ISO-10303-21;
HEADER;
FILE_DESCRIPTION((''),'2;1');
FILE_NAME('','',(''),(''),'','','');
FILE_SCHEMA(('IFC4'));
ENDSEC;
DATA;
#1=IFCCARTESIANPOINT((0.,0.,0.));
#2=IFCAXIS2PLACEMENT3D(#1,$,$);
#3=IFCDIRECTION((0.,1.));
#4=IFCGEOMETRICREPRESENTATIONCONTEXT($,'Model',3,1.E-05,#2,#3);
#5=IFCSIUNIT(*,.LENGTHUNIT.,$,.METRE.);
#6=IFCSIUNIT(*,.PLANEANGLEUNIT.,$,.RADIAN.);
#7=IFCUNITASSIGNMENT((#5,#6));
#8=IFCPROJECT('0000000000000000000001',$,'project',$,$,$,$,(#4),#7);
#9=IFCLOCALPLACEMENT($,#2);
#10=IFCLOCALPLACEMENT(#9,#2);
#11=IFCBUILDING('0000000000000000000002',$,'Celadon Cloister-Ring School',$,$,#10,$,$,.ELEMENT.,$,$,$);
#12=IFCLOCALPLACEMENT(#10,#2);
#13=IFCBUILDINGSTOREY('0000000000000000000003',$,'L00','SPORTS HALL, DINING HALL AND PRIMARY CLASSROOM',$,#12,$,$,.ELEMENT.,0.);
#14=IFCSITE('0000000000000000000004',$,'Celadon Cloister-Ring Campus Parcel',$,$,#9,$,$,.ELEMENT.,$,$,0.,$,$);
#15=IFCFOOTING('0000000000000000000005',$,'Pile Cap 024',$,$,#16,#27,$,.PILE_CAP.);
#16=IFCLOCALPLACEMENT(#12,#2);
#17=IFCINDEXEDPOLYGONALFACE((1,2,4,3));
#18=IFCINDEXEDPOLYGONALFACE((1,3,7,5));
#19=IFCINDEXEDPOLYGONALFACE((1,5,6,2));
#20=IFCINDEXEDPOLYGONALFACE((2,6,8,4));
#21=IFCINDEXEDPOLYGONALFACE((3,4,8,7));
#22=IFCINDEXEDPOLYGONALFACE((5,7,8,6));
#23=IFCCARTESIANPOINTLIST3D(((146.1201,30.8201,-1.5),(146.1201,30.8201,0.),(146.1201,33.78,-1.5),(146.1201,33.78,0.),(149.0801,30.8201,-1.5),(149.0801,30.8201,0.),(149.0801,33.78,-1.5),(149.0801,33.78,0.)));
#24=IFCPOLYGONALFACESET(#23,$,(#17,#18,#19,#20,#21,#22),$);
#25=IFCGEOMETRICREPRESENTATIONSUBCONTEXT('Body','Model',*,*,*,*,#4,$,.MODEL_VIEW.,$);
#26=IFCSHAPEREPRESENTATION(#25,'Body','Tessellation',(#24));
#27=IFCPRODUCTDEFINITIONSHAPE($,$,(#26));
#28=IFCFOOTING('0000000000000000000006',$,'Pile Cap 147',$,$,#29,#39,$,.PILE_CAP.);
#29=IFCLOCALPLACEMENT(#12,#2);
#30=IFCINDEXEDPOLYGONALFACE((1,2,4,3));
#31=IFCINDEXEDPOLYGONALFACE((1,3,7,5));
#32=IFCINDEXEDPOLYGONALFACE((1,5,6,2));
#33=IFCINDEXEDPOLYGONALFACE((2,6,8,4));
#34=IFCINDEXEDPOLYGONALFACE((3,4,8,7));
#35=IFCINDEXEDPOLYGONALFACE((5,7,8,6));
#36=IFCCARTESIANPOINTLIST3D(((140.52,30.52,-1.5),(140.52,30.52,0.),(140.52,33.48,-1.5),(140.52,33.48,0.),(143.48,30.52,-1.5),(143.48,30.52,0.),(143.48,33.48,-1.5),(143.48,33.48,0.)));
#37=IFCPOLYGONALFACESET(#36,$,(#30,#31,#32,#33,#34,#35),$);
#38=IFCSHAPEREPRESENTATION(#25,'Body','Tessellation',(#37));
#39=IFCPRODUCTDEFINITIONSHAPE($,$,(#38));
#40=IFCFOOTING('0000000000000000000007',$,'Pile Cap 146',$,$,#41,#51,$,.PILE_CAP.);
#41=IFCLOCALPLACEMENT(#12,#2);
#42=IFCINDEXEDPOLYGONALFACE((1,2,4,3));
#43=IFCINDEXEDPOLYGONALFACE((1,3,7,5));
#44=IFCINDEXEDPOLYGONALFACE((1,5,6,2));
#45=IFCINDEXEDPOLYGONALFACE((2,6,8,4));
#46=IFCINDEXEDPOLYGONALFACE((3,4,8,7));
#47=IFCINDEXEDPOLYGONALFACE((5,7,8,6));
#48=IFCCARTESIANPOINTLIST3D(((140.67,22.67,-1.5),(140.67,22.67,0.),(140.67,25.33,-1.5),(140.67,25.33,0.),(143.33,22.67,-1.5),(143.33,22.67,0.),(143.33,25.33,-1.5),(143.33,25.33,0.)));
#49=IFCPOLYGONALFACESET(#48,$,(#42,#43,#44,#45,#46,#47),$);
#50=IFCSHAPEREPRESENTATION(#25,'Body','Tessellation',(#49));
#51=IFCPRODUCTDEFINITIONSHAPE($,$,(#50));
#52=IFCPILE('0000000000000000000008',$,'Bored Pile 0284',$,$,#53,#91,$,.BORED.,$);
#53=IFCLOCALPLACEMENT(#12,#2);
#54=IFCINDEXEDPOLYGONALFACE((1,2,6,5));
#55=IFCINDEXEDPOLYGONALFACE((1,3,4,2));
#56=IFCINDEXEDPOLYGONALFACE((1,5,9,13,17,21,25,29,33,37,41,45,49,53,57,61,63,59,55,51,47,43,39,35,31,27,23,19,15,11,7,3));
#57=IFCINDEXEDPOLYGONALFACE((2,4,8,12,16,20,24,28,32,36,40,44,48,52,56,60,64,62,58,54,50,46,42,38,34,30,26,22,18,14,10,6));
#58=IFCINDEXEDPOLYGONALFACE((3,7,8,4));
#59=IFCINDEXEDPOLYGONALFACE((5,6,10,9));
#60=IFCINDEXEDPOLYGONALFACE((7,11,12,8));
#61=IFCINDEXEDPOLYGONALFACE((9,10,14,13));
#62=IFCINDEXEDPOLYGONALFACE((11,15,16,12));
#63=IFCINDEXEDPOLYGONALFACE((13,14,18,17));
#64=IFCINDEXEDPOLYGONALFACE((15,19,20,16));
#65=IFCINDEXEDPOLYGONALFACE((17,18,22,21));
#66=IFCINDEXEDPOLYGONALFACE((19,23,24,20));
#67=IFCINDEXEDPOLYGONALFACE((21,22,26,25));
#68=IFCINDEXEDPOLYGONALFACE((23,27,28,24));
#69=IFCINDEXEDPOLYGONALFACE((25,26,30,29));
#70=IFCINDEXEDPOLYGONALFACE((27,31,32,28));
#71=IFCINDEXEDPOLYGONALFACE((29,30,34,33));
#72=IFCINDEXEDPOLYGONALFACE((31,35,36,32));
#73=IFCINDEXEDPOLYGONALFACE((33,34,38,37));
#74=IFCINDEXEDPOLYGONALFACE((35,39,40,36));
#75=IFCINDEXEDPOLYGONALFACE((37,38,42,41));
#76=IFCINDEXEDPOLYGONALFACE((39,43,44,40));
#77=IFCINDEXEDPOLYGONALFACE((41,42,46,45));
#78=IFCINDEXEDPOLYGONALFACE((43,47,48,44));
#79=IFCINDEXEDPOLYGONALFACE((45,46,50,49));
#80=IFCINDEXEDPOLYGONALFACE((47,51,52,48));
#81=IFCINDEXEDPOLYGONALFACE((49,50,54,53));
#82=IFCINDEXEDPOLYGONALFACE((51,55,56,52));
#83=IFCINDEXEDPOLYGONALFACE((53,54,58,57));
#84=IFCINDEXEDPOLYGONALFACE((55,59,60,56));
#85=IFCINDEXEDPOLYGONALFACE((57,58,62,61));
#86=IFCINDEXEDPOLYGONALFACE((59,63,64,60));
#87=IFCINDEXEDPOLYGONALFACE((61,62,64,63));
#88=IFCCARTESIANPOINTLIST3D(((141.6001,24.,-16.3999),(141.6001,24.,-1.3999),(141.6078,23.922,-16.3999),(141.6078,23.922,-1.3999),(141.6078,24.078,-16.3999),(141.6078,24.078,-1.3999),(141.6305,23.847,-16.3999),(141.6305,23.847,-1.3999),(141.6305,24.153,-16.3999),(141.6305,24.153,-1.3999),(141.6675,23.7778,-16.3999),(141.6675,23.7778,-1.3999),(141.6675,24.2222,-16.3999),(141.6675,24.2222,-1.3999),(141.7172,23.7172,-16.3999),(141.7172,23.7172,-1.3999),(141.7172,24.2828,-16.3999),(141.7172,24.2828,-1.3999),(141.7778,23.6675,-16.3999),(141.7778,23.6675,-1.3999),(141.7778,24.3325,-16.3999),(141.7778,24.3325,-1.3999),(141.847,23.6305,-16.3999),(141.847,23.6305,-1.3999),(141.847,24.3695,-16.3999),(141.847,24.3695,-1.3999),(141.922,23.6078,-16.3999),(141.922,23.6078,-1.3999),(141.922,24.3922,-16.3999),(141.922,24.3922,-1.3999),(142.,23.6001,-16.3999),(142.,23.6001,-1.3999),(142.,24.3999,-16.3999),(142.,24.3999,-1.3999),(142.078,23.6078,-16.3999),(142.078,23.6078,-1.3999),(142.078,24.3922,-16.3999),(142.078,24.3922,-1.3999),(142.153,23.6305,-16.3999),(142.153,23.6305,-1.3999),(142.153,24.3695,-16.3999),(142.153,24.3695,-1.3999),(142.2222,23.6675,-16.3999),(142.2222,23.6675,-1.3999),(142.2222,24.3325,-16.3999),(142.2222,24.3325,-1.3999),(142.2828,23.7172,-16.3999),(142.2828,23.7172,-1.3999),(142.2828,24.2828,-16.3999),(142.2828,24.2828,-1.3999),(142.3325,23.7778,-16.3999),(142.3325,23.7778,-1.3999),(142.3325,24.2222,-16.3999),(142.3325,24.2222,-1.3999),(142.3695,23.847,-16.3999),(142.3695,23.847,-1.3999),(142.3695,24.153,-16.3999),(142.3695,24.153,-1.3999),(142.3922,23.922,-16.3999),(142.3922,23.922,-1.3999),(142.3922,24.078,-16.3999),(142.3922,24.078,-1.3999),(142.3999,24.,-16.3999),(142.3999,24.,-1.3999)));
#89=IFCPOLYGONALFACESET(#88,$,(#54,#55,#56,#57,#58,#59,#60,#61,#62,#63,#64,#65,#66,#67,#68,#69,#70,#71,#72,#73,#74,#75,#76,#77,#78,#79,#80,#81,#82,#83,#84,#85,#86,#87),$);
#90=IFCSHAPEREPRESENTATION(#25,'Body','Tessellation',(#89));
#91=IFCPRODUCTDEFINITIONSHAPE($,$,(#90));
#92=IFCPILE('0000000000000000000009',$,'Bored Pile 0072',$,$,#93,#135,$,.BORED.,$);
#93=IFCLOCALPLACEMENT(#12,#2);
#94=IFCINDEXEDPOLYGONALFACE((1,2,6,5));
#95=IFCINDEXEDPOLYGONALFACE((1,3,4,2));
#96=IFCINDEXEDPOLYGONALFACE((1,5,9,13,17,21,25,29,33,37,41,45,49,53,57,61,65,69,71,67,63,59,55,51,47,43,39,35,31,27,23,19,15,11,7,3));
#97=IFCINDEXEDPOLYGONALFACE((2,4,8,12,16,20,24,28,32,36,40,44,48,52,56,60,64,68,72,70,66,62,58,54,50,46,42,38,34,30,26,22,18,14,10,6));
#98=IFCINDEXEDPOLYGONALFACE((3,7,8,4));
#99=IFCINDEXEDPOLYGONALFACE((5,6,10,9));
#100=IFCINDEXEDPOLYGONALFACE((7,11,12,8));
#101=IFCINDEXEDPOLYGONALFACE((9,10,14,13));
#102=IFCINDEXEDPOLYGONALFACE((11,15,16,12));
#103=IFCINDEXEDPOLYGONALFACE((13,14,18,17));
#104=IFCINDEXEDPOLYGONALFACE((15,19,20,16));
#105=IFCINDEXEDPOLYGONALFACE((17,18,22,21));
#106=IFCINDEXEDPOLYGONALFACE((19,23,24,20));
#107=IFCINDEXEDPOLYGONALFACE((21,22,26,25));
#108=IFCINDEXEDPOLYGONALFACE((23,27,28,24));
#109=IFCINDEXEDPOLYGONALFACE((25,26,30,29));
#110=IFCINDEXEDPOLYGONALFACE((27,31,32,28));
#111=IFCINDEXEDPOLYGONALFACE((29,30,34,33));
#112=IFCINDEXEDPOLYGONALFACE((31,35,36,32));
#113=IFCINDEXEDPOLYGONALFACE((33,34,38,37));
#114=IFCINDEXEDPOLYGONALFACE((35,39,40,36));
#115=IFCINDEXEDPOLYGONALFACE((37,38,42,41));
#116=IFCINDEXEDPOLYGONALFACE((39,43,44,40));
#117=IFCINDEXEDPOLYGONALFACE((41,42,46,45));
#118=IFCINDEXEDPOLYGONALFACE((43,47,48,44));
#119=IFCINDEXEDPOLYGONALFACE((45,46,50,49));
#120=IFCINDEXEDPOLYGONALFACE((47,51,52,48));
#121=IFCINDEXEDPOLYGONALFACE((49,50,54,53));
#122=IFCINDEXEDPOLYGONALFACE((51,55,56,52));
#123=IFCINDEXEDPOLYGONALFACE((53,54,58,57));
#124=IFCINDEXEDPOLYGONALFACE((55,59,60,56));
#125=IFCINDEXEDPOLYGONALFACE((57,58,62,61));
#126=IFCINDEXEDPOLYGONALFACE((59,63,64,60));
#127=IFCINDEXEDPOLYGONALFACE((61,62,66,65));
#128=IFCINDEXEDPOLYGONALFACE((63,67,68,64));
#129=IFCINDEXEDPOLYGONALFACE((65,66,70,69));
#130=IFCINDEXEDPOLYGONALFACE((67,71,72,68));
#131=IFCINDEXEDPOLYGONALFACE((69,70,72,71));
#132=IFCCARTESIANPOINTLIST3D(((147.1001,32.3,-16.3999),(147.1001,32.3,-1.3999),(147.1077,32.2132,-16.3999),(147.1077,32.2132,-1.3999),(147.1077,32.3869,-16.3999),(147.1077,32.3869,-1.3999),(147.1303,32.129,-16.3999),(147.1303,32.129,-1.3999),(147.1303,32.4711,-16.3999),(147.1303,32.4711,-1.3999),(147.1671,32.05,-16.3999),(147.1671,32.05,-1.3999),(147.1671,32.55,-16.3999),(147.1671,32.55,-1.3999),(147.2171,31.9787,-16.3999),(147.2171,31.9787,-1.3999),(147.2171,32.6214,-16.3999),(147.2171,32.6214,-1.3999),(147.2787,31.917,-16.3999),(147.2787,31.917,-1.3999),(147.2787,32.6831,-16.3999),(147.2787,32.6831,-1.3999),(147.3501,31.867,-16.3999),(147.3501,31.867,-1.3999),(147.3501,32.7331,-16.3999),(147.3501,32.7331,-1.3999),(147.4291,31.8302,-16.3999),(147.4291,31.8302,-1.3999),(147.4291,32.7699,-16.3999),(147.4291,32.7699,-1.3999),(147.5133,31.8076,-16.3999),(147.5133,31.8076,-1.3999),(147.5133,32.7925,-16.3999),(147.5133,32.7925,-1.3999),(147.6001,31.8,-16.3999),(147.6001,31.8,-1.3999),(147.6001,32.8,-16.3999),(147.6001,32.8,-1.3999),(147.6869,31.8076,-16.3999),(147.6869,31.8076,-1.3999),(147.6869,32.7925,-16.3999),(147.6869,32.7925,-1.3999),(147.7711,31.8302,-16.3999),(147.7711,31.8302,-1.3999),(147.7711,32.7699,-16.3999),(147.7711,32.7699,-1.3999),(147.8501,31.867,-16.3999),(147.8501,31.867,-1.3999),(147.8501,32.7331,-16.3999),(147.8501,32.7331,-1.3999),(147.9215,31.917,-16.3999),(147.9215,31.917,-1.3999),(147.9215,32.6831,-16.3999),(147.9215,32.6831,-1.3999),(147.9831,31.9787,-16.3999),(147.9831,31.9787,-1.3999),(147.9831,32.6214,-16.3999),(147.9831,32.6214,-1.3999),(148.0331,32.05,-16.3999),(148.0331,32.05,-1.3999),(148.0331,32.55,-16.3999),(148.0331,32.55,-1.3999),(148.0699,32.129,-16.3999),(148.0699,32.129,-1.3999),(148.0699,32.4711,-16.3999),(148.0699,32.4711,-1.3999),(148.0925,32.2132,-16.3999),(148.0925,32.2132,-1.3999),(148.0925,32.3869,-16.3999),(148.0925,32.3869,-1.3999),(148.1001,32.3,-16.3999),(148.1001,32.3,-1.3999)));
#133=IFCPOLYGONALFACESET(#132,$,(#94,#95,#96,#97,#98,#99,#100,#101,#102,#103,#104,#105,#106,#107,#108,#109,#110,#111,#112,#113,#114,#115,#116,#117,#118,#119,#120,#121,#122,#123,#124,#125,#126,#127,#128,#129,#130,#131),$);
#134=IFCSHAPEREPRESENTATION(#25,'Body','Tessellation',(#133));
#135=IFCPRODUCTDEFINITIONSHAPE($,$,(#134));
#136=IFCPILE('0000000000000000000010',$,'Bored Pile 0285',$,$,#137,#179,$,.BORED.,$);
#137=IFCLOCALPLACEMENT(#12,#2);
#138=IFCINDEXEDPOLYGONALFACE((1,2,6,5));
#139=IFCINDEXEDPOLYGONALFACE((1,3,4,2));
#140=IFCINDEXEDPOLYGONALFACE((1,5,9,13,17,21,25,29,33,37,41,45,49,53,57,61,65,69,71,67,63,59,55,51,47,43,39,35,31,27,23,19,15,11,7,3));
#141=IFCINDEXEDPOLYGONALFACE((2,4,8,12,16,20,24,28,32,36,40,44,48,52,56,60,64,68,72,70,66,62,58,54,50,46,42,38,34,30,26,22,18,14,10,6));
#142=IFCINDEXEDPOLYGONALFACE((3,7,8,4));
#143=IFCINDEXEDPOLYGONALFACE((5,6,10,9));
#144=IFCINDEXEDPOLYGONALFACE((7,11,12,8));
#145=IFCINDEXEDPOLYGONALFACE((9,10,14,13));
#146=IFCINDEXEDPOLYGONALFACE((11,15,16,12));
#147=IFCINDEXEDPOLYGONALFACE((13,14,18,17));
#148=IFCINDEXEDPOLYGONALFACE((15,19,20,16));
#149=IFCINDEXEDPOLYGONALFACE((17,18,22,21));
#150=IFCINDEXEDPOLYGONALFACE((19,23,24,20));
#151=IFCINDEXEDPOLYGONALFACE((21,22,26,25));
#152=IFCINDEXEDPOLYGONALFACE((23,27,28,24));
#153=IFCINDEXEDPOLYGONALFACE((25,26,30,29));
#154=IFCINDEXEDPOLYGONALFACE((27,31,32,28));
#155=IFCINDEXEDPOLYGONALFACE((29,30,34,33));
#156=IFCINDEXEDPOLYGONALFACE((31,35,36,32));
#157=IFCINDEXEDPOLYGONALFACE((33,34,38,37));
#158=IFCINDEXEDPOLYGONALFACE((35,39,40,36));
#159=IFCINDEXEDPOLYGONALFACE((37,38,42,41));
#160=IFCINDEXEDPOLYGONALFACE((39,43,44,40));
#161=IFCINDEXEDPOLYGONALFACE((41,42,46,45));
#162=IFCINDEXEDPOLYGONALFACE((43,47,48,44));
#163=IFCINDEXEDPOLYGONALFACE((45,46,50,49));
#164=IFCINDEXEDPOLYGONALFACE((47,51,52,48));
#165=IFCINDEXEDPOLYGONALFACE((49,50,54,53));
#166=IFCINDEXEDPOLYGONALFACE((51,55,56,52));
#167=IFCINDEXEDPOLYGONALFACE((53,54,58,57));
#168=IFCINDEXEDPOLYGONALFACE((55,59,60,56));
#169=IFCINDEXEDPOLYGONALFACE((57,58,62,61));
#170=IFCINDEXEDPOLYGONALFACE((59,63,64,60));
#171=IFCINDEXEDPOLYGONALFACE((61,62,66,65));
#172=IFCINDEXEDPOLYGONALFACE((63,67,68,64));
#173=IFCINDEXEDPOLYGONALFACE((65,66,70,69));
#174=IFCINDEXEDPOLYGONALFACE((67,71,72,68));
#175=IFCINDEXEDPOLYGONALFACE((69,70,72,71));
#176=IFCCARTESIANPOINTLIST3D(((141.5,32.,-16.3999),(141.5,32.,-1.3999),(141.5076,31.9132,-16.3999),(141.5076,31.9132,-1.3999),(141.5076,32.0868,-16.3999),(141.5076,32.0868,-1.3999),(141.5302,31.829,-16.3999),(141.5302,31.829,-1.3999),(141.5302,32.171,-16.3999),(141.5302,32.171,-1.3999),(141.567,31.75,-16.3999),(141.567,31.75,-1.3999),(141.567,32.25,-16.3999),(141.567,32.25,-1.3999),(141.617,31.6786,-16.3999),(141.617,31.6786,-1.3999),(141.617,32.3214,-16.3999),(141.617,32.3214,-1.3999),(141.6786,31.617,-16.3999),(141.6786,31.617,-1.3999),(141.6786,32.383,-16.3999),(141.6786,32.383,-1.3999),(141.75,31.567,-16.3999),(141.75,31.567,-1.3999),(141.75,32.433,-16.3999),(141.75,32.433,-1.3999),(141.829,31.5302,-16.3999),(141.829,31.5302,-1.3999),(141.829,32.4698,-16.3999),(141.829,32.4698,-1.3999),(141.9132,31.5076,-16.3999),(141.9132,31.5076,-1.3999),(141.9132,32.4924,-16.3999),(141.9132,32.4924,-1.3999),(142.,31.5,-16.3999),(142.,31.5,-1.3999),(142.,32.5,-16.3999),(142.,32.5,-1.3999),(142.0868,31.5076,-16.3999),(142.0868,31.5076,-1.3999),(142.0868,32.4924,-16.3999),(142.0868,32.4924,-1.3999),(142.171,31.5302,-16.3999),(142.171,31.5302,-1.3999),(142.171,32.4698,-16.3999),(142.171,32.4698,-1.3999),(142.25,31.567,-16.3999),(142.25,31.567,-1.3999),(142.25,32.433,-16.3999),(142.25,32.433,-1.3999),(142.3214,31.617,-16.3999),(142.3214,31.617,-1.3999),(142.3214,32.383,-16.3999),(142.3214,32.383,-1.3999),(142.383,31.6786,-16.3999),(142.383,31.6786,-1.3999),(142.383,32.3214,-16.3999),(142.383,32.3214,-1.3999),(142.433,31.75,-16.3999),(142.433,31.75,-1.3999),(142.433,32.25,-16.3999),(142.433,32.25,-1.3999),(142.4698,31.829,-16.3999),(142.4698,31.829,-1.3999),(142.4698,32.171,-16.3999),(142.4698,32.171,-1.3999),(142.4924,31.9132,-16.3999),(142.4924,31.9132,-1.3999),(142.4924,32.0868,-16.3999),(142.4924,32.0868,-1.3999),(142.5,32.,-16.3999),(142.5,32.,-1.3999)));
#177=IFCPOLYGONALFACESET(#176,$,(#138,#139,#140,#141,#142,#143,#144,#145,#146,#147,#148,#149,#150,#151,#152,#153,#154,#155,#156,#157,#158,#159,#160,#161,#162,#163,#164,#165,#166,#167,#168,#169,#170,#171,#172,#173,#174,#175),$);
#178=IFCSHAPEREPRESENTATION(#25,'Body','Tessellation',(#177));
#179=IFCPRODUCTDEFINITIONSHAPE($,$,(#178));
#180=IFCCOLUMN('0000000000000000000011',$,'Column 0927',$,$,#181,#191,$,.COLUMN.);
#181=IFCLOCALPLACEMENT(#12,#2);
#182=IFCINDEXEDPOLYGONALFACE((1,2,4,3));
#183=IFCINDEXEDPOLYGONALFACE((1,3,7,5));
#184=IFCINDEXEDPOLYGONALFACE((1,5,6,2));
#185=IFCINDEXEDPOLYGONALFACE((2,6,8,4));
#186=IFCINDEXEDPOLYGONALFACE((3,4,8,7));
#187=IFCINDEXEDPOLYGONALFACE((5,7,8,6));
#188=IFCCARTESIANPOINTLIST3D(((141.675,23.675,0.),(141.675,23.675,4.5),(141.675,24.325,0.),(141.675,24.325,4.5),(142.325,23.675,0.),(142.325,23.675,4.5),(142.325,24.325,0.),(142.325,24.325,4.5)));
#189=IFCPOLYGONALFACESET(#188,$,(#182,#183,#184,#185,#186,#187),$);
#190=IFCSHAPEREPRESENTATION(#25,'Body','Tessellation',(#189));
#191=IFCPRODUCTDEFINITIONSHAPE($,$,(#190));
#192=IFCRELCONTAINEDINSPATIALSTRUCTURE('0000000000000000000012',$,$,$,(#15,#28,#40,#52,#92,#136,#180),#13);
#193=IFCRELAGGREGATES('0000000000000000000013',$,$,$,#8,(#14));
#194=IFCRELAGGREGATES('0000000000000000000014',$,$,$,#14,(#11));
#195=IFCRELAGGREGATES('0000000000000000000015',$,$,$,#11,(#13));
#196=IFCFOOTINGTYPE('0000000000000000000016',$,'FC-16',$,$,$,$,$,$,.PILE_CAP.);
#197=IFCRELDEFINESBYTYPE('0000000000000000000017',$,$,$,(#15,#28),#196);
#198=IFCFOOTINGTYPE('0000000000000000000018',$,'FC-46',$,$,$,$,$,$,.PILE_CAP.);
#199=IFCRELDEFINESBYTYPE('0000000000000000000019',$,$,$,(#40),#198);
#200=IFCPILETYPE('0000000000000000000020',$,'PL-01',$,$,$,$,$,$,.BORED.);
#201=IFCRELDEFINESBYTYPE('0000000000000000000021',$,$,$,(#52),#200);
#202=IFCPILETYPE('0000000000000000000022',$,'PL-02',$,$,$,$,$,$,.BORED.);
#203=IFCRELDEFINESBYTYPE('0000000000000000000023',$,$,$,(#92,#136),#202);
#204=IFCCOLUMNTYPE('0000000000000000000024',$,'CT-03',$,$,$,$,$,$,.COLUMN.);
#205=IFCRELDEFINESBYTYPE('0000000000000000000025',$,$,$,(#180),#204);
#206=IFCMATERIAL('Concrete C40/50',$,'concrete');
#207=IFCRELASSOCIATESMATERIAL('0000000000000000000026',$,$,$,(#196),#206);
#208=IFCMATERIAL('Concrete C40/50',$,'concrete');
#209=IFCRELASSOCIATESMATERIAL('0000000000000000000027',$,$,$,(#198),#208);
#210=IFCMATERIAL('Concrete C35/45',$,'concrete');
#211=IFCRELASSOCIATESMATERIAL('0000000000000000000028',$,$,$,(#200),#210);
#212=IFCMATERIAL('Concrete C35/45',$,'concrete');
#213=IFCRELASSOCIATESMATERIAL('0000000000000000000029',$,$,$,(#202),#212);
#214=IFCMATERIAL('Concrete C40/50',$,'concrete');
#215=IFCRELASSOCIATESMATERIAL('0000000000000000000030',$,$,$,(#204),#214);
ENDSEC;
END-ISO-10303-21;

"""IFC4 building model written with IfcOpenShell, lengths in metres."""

from ifc_helpers import new_model, si_unit, direction, frame, origin, origin_2d, place, context, subcontext, project, spatial, rectangle, circle, extrude, material, material_profile, profile_set, type_object, element, save


model = new_model("IFC4")

# Units and contexts
model_context = context("Model", 3, precision=1e-05, world=origin(), true_north=direction((0.0, 1.0)))
body_context = subcontext(model_context, "Body", "Model", "MODEL_VIEW")
ifc_project = project(units=[si_unit("LENGTHUNIT", "METRE"), si_unit("PLANEANGLEUNIT", "RADIAN")], contexts=[model_context])

# Site, building, storey
site_placement = place(None, origin())
site = spatial("IfcSite", under=ifc_project, at=site_placement, Name="Celadon Cloister-Ring Campus Parcel", CompositionType="ELEMENT", RefElevation=0.0)
building_placement = place(site_placement, origin())
building = spatial("IfcBuilding", under=site, at=building_placement, Name="Celadon Cloister-Ring School", CompositionType="ELEMENT")
storey_placement = place(building_placement, origin())
storey = spatial("IfcBuildingStorey", under=building, at=storey_placement, Name="L00", Description="SPORTS HALL, DINING HALL AND PRIMARY CLASSROOM", CompositionType="ELEMENT", Elevation=0.0)

# Footings
ifc_material_1 = material(Name="Concrete C40/50", Category="concrete")
footing_type_1 = type_object("IfcFootingType", Name="FC-16", PredefinedType="PILE_CAP", material=ifc_material_1)
for number, where, z_axis, x_axis, name in (
    (1, (147.6001, 32.3, -1.5), (0.0, 0.0, 1.0), (1.0, 0.0, 0.0), "Pile Cap 024"),
    (2, (142.0, 32.0, -1.5), (0.0, 0.0, 1.0), (1.0, 0.0, 0.0), "Pile Cap 147"),
):
    element("IfcFooting", number, at=place(storey_placement, frame(where, z_axis=z_axis, x_axis=x_axis)), inside=storey, type_object=footing_type_1, Name=name, PredefinedType="PILE_CAP", context=body_context, shape_type="SweptSolid", body=[
        extrude(rectangle(XDim=2.96, YDim=2.96, at=origin_2d()), origin(), (0.0, 0.0, 1.0), 1.5),
    ])
ifc_material_2 = material(Name="Concrete C40/50", Category="concrete")
footing_type_2 = type_object("IfcFootingType", Name="FC-46", PredefinedType="PILE_CAP", material=ifc_material_2)
footing_placement = place(storey_placement, frame((142.0, 24.0, -1.5), z_axis=(0.0, 0.0, 1.0), x_axis=(1.0, 0.0, 0.0)))
element("IfcFooting", 3, at=footing_placement, inside=storey, type_object=footing_type_2, Name="Pile Cap 146", PredefinedType="PILE_CAP", context=body_context, shape_type="SweptSolid", body=[
    extrude(rectangle(XDim=2.6599, YDim=2.6599, at=origin_2d()), origin(), (0.0, 0.0, 1.0), 1.5),
])

# Piles
ifc_material_3 = material(Name="Concrete C35/45", Category="concrete")
ifc_material_profile_1 = material_profile(ifc_material_3, circle(Radius=0.3999, at=origin_2d()), Name="PILE800")
ifc_profile_set_1 = profile_set([ifc_material_profile_1], Name="Concrete C35/45")
pile_type_1 = type_object("IfcPileType", Name="PL-01", PredefinedType="BORED", material=ifc_profile_set_1)
pile_placement = place(storey_placement, frame((142.0, 24.0, -1.3999), z_axis=(0.0, 0.0, -1.0), x_axis=(1.0, 0.0, 0.0)))
element("IfcPile", 4, at=pile_placement, inside=storey, type_object=pile_type_1, Name="Bored Pile 0284", PredefinedType="BORED", context=body_context, shape_type="SweptSolid", body=[
    extrude(circle(Radius=0.3999, at=origin_2d()), origin(), (0.0, 0.0, 1.0), 15.0),
])
ifc_material_4 = material(Name="Concrete C35/45", Category="concrete")
ifc_material_profile_2 = material_profile(ifc_material_4, circle(Radius=0.5, at=origin_2d()), Name="PILE1000")
ifc_profile_set_2 = profile_set([ifc_material_profile_2], Name="Concrete C35/45")
pile_type_2 = type_object("IfcPileType", Name="PL-02", PredefinedType="BORED", material=ifc_profile_set_2)
for number, where, z_axis, x_axis, name in (
    (5, (147.6001, 32.3, -1.3999), (0.0, 0.0, -1.0), (1.0, 0.0, 0.0), "Bored Pile 0072"),
    (6, (142.0, 32.0, -1.3999), (0.0, 0.0, -1.0), (1.0, 0.0, 0.0), "Bored Pile 0285"),
):
    element("IfcPile", number, at=place(storey_placement, frame(where, z_axis=z_axis, x_axis=x_axis)), inside=storey, type_object=pile_type_2, Name=name, PredefinedType="BORED", context=body_context, shape_type="SweptSolid", body=[
        extrude(circle(Radius=0.5, at=origin_2d()), origin(), (0.0, 0.0, 1.0), 15.0),
    ])

# Column
ifc_material_5 = material(Name="Concrete C40/50", Category="concrete")
ifc_material_profile_3 = material_profile(ifc_material_5, rectangle(XDim=0.6499, YDim=0.6499, at=origin_2d()), Name="RC650X650")
ifc_profile_set_3 = profile_set([ifc_material_profile_3], Name="Concrete C40/50")
column_type_1 = type_object("IfcColumnType", Name="CT-03", PredefinedType="COLUMN", material=ifc_profile_set_3)
for number, where, z_axis, x_axis, name in (
    (7, (142.0, 24.0, 0.0), (0.0, 0.0, 1.0), (1.0, 0.0, 0.0), "Column 0927"),
):
    element("IfcColumn", number, at=place(storey_placement, frame(where, z_axis=z_axis, x_axis=x_axis)), inside=storey, type_object=column_type_1, Name=name, PredefinedType="COLUMN", context=body_context, shape_type="SweptSolid", body=[
        extrude(rectangle(XDim=0.6499, YDim=0.6499, at=origin_2d()), origin(), (0.0, 0.0, 1.0), 4.5),
    ])

save(model, "model.ifc")
